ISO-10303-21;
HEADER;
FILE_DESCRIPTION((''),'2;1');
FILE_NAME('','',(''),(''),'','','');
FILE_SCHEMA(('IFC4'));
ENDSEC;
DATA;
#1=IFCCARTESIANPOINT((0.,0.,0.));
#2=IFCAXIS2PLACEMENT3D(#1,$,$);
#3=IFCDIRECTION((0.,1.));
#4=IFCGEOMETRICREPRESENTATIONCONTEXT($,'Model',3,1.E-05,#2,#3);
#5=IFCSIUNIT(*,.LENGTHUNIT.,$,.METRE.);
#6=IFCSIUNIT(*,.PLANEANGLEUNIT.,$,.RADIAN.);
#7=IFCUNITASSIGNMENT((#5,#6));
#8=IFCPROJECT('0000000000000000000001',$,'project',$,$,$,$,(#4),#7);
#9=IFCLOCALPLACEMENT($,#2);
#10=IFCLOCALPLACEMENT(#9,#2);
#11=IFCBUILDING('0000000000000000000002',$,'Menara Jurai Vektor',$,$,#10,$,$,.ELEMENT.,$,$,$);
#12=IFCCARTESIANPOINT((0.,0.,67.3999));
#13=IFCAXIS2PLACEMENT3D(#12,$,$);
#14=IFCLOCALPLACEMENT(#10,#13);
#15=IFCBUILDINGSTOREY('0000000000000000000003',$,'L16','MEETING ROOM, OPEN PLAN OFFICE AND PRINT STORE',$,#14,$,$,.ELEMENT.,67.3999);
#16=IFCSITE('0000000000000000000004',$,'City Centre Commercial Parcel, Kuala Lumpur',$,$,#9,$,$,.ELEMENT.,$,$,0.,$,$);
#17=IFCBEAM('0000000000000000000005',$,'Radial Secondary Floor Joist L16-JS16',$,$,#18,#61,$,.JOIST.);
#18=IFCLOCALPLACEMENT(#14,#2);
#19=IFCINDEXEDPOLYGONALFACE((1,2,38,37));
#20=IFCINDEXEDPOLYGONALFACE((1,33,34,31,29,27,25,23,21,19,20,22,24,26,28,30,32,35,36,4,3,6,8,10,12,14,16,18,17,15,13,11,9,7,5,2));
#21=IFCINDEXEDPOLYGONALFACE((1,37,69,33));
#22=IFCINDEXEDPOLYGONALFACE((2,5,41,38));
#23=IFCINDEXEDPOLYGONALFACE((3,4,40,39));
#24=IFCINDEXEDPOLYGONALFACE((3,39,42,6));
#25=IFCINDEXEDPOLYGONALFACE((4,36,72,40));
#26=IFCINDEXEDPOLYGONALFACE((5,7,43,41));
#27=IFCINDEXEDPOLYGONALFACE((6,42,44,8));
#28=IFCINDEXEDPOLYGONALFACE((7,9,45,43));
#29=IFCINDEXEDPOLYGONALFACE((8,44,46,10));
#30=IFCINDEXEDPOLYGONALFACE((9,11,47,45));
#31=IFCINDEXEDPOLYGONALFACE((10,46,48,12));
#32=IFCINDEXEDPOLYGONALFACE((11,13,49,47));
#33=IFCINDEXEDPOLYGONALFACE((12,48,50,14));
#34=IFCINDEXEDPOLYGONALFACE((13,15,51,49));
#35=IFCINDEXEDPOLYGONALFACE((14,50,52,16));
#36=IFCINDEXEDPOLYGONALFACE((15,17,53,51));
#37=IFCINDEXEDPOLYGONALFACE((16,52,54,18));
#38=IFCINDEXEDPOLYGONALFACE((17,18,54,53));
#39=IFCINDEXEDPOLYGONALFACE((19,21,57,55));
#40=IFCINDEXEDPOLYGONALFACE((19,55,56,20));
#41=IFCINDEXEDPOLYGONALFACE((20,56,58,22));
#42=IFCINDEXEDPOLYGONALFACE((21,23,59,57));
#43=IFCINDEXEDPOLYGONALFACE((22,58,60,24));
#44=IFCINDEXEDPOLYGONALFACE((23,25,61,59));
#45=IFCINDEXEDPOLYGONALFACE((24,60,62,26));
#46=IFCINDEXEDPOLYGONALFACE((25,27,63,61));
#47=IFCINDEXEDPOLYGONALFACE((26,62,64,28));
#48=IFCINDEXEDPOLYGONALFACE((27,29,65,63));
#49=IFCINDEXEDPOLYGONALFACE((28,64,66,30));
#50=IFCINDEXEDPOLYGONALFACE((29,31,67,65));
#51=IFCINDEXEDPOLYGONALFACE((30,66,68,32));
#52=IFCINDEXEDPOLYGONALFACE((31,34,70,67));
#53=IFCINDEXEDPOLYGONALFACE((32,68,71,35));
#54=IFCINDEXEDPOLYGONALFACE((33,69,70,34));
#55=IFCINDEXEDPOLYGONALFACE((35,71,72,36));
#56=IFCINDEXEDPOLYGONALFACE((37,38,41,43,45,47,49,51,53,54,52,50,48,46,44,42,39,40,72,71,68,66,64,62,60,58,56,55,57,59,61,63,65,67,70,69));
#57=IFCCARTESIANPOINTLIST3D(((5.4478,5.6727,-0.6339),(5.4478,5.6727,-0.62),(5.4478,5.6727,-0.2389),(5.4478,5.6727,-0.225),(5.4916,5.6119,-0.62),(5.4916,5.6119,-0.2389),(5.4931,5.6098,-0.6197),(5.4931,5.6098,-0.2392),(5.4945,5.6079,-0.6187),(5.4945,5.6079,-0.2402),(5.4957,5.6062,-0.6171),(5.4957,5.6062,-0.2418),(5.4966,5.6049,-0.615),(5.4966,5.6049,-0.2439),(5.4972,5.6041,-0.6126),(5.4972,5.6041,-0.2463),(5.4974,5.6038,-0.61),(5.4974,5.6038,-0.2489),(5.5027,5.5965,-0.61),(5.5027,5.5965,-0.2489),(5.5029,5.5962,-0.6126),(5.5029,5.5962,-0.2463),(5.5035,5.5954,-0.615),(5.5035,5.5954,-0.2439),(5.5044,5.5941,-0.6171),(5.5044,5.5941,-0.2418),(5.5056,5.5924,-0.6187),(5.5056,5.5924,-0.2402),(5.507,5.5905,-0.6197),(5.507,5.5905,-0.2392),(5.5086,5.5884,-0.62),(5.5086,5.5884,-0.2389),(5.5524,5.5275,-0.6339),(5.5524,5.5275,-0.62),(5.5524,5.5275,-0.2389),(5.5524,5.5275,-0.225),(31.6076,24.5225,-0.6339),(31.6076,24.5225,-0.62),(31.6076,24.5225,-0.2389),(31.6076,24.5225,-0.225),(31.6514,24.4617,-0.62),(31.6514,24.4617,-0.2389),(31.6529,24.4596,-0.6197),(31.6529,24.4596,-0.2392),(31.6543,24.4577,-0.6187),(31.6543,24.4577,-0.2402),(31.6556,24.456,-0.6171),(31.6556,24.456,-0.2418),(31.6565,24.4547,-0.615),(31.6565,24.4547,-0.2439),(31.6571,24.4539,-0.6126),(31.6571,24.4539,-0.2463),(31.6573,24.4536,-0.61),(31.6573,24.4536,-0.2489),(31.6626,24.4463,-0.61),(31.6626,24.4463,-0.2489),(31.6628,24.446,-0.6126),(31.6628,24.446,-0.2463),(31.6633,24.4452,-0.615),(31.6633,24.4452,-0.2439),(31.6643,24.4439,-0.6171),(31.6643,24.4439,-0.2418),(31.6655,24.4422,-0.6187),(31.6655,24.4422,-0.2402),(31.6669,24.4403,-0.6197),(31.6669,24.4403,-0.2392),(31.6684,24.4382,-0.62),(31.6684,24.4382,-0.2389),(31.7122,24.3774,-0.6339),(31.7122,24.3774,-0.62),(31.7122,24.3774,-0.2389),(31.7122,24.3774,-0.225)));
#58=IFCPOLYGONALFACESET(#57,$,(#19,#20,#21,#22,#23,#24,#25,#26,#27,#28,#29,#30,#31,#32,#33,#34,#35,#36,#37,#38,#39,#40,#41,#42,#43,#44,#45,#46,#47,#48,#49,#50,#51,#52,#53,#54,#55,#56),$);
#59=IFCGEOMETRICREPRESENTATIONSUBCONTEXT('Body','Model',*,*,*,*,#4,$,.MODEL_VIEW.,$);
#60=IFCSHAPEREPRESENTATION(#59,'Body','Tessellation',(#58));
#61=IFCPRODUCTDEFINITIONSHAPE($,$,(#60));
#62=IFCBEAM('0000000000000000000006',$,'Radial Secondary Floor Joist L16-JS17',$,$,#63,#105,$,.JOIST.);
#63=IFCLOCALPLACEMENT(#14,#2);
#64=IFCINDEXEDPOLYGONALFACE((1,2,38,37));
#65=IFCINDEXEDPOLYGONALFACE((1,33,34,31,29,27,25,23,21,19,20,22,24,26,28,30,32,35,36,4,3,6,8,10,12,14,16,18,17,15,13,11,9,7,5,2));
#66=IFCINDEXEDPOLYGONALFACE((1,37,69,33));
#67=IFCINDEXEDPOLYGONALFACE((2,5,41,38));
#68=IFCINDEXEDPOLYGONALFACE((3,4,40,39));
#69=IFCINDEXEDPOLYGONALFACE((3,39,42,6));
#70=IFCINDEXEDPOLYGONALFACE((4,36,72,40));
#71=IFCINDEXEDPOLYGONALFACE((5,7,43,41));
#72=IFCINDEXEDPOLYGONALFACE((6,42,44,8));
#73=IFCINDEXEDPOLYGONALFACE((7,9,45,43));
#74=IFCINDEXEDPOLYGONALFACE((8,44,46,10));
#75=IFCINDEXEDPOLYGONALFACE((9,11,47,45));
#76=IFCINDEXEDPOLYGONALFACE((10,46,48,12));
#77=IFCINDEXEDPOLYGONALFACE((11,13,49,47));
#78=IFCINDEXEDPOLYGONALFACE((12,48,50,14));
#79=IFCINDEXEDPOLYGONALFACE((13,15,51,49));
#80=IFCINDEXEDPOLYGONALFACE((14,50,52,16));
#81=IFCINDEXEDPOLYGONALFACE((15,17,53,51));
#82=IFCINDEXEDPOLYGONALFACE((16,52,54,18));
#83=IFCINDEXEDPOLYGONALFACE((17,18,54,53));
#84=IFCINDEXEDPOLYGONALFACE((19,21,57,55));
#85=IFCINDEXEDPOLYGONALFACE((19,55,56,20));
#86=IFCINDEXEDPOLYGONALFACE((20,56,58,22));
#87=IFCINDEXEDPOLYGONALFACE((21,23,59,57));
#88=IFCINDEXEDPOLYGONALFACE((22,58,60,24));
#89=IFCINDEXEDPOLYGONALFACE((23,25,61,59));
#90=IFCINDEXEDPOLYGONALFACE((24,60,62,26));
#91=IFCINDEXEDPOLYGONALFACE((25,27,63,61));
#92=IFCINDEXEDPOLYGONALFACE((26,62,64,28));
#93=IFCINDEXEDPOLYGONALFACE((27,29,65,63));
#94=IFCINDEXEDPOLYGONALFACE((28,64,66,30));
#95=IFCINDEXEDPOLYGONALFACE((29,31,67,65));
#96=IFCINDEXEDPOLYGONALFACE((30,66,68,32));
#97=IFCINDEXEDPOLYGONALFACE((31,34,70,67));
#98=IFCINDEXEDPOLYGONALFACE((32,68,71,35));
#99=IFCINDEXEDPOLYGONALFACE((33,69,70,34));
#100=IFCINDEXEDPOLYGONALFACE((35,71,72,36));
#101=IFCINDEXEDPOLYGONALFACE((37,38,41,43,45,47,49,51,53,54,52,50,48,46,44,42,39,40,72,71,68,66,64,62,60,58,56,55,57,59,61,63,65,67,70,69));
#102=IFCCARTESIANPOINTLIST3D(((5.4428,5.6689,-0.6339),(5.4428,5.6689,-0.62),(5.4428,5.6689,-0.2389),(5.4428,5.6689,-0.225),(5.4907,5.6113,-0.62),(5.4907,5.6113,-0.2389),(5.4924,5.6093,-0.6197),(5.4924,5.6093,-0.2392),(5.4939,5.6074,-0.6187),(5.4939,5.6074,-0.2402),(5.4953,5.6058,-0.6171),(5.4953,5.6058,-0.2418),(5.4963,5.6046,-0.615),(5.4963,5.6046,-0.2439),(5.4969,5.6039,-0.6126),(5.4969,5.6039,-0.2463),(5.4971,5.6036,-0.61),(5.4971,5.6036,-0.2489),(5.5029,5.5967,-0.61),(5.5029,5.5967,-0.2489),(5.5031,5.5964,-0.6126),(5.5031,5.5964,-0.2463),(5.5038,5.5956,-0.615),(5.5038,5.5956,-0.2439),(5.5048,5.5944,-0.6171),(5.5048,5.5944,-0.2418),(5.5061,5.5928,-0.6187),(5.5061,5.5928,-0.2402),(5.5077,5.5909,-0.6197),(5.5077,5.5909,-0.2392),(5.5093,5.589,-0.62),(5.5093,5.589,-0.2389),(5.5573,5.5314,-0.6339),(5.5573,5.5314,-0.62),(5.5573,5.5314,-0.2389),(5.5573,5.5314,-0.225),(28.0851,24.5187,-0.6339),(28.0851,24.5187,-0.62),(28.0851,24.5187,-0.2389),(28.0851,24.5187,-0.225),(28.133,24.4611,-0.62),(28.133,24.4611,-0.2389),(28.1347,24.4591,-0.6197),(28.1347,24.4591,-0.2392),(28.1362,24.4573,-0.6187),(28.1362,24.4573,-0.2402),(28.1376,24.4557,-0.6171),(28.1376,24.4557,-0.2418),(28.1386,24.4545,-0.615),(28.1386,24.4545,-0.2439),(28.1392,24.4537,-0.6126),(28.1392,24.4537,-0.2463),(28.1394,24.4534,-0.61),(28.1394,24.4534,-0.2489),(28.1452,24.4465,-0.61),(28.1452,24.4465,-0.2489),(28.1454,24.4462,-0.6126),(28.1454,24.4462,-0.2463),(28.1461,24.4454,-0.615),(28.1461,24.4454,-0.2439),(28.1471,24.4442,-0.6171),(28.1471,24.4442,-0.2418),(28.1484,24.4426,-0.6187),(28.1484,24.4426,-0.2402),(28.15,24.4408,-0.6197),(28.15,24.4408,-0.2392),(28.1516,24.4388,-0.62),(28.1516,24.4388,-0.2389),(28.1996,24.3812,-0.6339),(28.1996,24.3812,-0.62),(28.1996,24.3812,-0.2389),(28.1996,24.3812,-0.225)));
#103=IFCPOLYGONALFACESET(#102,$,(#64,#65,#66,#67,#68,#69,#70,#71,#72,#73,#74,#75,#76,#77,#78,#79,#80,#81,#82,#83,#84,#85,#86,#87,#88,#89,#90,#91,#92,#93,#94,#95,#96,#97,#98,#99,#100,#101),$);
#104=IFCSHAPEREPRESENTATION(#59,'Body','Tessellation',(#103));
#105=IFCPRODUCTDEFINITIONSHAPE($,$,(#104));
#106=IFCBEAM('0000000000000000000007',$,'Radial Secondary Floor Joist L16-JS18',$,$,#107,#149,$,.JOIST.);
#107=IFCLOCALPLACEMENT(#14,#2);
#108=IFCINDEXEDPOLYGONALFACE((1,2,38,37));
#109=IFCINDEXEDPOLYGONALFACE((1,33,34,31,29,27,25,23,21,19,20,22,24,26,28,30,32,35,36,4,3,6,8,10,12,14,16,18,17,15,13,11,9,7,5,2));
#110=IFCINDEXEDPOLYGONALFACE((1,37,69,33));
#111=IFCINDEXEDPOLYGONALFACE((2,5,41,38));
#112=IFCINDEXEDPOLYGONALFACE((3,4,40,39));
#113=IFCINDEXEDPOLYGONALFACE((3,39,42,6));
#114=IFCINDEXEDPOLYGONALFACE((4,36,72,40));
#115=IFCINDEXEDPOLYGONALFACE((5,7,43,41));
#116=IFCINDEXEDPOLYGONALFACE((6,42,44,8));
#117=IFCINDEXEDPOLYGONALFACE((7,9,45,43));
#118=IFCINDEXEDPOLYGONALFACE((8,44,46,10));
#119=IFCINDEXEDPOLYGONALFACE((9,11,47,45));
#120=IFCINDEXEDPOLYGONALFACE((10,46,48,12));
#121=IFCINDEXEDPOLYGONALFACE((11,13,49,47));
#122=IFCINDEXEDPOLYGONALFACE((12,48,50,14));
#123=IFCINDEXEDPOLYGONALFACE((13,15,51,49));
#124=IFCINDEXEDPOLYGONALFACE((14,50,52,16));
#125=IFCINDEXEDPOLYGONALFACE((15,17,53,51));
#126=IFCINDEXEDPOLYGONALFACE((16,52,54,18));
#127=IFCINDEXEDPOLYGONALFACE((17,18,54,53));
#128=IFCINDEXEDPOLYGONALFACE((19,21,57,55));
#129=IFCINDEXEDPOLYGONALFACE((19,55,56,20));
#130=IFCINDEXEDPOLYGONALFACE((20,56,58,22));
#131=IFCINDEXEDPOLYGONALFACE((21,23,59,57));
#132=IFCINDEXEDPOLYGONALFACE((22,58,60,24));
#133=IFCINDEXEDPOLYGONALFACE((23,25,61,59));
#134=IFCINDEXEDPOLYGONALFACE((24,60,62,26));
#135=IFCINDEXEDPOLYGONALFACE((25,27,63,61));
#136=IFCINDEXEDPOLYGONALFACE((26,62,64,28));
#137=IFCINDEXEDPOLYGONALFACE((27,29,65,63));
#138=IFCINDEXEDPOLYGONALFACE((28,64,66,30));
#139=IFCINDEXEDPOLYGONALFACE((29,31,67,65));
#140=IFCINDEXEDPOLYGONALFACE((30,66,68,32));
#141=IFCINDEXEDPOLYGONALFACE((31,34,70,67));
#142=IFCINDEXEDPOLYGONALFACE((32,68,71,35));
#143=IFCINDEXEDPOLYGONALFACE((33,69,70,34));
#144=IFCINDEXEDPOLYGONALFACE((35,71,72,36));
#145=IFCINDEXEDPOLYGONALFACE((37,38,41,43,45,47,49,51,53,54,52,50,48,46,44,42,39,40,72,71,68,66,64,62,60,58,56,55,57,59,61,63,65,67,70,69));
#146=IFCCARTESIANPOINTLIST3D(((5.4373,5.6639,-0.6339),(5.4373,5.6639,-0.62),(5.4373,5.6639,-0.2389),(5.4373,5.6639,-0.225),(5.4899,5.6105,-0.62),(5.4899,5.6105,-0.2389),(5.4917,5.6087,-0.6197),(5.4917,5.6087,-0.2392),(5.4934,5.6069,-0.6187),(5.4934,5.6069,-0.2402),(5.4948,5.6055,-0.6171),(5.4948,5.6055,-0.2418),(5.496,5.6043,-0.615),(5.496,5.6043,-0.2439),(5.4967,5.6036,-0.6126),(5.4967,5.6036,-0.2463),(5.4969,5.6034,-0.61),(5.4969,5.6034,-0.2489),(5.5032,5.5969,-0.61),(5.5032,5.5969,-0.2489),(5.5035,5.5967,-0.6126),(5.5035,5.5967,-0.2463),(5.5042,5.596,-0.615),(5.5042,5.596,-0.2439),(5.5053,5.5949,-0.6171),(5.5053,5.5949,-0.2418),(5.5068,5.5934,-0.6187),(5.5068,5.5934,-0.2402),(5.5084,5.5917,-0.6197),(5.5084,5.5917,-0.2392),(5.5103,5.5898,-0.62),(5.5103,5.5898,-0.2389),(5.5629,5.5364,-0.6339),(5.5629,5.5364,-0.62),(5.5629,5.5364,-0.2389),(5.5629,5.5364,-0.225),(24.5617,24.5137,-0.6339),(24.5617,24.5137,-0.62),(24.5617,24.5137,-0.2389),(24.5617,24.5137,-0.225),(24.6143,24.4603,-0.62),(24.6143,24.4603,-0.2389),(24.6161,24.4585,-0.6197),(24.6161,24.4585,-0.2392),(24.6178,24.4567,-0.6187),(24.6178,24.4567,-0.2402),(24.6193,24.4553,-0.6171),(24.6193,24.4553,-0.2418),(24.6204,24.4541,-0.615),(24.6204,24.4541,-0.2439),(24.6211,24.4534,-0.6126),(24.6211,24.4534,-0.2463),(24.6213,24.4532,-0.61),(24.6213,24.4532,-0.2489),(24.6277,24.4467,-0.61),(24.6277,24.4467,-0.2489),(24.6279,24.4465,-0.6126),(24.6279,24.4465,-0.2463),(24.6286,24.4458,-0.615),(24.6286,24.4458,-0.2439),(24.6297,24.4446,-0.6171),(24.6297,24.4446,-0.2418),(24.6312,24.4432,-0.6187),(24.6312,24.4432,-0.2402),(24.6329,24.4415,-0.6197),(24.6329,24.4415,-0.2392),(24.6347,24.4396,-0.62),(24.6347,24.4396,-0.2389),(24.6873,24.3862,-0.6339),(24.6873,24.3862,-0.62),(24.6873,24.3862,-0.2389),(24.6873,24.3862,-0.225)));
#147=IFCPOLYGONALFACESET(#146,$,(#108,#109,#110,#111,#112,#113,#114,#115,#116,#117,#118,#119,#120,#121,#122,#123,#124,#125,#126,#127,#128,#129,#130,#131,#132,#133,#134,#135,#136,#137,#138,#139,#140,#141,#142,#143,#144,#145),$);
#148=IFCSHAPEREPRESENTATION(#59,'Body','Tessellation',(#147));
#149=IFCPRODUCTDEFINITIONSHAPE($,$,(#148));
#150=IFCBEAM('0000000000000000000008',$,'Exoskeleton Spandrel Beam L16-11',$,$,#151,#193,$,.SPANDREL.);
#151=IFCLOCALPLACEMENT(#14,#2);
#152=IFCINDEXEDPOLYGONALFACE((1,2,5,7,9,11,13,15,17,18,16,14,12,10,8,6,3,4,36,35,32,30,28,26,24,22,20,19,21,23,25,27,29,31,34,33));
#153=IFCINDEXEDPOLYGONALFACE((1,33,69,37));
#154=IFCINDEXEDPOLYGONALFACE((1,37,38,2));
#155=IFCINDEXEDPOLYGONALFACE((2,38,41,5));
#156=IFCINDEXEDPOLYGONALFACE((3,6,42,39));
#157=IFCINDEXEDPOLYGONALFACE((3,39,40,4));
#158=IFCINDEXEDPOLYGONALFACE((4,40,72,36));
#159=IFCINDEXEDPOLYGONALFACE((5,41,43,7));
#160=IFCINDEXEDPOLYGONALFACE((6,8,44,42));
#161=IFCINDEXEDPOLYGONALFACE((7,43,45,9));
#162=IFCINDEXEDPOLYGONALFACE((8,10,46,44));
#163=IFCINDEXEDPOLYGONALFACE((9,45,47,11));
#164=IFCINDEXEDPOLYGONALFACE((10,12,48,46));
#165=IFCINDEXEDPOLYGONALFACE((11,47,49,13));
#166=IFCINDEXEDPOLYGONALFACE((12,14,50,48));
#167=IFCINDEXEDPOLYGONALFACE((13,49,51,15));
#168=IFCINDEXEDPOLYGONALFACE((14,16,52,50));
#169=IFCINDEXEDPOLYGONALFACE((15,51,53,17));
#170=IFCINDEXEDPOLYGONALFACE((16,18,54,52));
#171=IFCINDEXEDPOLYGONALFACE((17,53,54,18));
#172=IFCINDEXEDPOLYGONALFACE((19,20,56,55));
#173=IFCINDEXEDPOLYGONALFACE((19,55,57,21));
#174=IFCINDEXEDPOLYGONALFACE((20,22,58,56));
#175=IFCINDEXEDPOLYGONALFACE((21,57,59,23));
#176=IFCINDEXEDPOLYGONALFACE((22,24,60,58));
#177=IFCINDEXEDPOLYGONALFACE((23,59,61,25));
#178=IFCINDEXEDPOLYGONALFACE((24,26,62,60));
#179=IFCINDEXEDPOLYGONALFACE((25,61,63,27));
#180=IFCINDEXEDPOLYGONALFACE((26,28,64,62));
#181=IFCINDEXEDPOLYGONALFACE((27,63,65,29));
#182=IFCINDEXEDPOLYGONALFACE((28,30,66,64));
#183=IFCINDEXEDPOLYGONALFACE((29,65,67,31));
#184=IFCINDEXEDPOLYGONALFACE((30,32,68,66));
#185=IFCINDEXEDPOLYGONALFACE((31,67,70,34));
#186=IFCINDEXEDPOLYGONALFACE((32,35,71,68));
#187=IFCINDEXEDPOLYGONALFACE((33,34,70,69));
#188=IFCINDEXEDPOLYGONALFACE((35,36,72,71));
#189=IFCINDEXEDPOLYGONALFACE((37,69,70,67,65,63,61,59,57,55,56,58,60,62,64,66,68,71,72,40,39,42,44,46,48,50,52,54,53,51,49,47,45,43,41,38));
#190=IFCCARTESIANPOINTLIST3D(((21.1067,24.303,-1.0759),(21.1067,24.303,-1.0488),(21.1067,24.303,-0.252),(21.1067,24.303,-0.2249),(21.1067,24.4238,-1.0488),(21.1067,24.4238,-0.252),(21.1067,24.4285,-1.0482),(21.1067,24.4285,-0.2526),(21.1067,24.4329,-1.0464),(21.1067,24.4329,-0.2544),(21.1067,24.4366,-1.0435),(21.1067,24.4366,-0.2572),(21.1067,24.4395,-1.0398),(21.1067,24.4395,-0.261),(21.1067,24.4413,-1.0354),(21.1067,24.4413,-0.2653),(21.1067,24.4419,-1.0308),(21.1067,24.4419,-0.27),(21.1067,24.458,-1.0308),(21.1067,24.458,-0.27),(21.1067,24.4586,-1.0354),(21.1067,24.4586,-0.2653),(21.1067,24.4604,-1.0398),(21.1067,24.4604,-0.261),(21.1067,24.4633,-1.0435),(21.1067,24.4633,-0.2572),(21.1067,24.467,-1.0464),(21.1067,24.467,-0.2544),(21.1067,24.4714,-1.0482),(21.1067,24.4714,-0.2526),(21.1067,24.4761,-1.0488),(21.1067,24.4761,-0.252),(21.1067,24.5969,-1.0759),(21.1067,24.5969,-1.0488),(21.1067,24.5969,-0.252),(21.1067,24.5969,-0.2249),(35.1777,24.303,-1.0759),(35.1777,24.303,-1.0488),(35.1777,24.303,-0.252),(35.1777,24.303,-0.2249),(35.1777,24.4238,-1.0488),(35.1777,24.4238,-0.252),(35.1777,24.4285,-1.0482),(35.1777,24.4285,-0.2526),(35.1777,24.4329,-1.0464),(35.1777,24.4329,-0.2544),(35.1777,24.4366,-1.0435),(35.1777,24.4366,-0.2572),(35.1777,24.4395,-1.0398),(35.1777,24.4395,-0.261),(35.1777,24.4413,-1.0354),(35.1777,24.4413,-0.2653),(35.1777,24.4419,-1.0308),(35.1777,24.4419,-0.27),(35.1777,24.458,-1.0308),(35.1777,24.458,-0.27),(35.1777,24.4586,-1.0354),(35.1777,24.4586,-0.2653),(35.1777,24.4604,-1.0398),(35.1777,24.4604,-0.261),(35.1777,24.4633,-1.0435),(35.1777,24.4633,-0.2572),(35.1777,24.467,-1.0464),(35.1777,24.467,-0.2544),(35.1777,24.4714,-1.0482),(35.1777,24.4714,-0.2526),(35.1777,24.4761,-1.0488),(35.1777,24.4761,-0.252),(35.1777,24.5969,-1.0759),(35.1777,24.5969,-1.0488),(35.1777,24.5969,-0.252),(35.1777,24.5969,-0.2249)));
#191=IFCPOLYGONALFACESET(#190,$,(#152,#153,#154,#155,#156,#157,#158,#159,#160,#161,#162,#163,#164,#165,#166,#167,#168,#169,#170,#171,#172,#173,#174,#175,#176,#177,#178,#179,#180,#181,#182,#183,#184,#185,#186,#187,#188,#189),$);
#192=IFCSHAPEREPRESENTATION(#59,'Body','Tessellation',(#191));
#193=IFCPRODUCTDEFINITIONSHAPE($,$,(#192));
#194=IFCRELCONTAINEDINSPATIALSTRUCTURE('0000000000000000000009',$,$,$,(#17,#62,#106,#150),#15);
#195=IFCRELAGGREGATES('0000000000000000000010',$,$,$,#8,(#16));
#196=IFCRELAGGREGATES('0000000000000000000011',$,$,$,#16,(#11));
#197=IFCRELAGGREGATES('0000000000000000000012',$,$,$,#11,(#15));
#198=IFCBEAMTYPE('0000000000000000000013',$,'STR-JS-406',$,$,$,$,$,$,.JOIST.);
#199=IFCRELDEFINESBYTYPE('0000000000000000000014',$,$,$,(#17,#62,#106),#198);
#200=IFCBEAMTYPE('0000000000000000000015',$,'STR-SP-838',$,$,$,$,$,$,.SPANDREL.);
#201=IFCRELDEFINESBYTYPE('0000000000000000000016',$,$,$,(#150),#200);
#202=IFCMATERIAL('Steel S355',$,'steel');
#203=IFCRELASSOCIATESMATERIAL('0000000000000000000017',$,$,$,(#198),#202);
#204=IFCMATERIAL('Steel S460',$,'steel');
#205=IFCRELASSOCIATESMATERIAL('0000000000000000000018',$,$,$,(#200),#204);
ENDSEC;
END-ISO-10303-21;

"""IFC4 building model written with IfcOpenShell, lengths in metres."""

from ifc_helpers import new_model, si_unit, direction, frame, origin, origin_2d, place, context, subcontext, project, spatial, i_section, extrude, material, material_profile, profile_set, type_object, element, save


model = new_model("IFC4")

# Units and contexts
model_context = context("Model", 3, precision=1e-05, world=origin(), true_north=direction((0.0, 1.0)))
body_context = subcontext(model_context, "Body", "Model", "MODEL_VIEW")
ifc_project = project(units=[si_unit("LENGTHUNIT", "METRE"), si_unit("PLANEANGLEUNIT", "RADIAN")], contexts=[model_context])

# Site, building, storey
site_placement = place(None, origin())
site = spatial("IfcSite", under=ifc_project, at=site_placement, Name="City Centre Commercial Parcel, Kuala Lumpur", CompositionType="ELEMENT", RefElevation=0.0)
building_placement = place(site_placement, origin())
building = spatial("IfcBuilding", under=site, at=building_placement, Name="Menara Jurai Vektor", CompositionType="ELEMENT")
storey_placement = place(building_placement, frame((0.0, 0.0, 67.3999)))
storey = spatial("IfcBuildingStorey", under=building, at=storey_placement, Name="L16", Description="MEETING ROOM, OPEN PLAN OFFICE AND PRINT STORE", CompositionType="ELEMENT", Elevation=67.3999)

# Shared definitions
ifc_material_1 = material(Name="Steel S460", Category="steel")

# Beams
ifc_material_2 = material(Name="Steel S355", Category="steel")
ifc_material_profile_1 = material_profile(ifc_material_2, i_section(OverallWidth=0.179, OverallDepth=0.4089, WebThickness=0.009, FlangeThickness=0.0139, FilletRadius=0.01, at=origin_2d()), Name="UKB 406x178x67")
ifc_profile_set_1 = profile_set([ifc_material_profile_1], Name="Steel S355")
beam_type_1 = type_object("IfcBeamType", Name="STR-JS-406", PredefinedType="JOIST", material=ifc_profile_set_1)
beam_1_placement = place(storey_placement, frame((31.6599, 24.45, -0.4294), z_axis=(-0.811318, -0.584605, 0.0), x_axis=(0.584605, -0.811318, 0.0)))
element("IfcBeam", 1, at=beam_1_placement, inside=storey, type_object=beam_type_1, Name="Radial Secondary Floor Joist L16-JS16", PredefinedType="JOIST", context=body_context, shape_type="SweptSolid", body=[
    extrude(i_section(OverallWidth=0.179, OverallDepth=0.4089, WebThickness=0.009, FlangeThickness=0.0139, FilletRadius=0.01, at=origin_2d()), origin(), (0.0, 0.0, 1.0), 32.2437),
])
beam_2_placement = place(storey_placement, frame((28.1423, 24.45, -0.4294), z_axis=(-0.768534, -0.639809, 0.0), x_axis=(0.639809, -0.768534, 0.0)))
element("IfcBeam", 2, at=beam_2_placement, inside=storey, type_object=beam_type_1, Name="Radial Secondary Floor Joist L16-JS17", PredefinedType="JOIST", context=body_context, shape_type="SweptSolid", body=[
    extrude(i_section(OverallWidth=0.179, OverallDepth=0.4089, WebThickness=0.009, FlangeThickness=0.0139, FilletRadius=0.01, at=origin_2d()), origin(), (0.0, 0.0, 1.0), 29.4617),
])
beam_3_placement = place(storey_placement, frame((24.6245, 24.45, -0.4294), z_axis=(-0.712202, -0.701974, 0.0), x_axis=(0.701974, -0.712202, 0.0)))
element("IfcBeam", 3, at=beam_3_placement, inside=storey, type_object=beam_type_1, Name="Radial Secondary Floor Joist L16-JS18", PredefinedType="JOIST", context=body_context, shape_type="SweptSolid", body=[
    extrude(i_section(OverallWidth=0.179, OverallDepth=0.4089, WebThickness=0.009, FlangeThickness=0.0139, FilletRadius=0.01, at=origin_2d()), origin(), (0.0, 0.0, 1.0), 26.8525),
])
ifc_material_profile_2 = material_profile(ifc_material_1, i_section(OverallWidth=0.2939, OverallDepth=0.8511, WebThickness=0.0161, FlangeThickness=0.0271, FilletRadius=0.0181, at=origin_2d()), Name="UKB 838x292x226")
ifc_profile_set_2 = profile_set([ifc_material_profile_2], Name="Steel S460")
beam_type_2 = type_object("IfcBeamType", Name="STR-SP-838", PredefinedType="SPANDREL", material=ifc_profile_set_2)
for number, where, z_axis, x_axis, name in (
    (4, (35.1777, 24.45, -0.6504), (-1.0, 0.0, 0.0), (0.0, -1.0, 0.0), "Exoskeleton Spandrel Beam L16-11"),
):
    element("IfcBeam", number, at=place(storey_placement, frame(where, z_axis=z_axis, x_axis=x_axis)), inside=storey, type_object=beam_type_2, Name=name, PredefinedType="SPANDREL", context=body_context, shape_type="SweptSolid", body=[
        extrude(i_section(OverallWidth=0.2939, OverallDepth=0.8511, WebThickness=0.0161, FlangeThickness=0.0271, FilletRadius=0.0181, at=origin_2d()), origin(), (0.0, 0.0, 1.0), 14.071),
    ])

save(model, "model.ifc")
